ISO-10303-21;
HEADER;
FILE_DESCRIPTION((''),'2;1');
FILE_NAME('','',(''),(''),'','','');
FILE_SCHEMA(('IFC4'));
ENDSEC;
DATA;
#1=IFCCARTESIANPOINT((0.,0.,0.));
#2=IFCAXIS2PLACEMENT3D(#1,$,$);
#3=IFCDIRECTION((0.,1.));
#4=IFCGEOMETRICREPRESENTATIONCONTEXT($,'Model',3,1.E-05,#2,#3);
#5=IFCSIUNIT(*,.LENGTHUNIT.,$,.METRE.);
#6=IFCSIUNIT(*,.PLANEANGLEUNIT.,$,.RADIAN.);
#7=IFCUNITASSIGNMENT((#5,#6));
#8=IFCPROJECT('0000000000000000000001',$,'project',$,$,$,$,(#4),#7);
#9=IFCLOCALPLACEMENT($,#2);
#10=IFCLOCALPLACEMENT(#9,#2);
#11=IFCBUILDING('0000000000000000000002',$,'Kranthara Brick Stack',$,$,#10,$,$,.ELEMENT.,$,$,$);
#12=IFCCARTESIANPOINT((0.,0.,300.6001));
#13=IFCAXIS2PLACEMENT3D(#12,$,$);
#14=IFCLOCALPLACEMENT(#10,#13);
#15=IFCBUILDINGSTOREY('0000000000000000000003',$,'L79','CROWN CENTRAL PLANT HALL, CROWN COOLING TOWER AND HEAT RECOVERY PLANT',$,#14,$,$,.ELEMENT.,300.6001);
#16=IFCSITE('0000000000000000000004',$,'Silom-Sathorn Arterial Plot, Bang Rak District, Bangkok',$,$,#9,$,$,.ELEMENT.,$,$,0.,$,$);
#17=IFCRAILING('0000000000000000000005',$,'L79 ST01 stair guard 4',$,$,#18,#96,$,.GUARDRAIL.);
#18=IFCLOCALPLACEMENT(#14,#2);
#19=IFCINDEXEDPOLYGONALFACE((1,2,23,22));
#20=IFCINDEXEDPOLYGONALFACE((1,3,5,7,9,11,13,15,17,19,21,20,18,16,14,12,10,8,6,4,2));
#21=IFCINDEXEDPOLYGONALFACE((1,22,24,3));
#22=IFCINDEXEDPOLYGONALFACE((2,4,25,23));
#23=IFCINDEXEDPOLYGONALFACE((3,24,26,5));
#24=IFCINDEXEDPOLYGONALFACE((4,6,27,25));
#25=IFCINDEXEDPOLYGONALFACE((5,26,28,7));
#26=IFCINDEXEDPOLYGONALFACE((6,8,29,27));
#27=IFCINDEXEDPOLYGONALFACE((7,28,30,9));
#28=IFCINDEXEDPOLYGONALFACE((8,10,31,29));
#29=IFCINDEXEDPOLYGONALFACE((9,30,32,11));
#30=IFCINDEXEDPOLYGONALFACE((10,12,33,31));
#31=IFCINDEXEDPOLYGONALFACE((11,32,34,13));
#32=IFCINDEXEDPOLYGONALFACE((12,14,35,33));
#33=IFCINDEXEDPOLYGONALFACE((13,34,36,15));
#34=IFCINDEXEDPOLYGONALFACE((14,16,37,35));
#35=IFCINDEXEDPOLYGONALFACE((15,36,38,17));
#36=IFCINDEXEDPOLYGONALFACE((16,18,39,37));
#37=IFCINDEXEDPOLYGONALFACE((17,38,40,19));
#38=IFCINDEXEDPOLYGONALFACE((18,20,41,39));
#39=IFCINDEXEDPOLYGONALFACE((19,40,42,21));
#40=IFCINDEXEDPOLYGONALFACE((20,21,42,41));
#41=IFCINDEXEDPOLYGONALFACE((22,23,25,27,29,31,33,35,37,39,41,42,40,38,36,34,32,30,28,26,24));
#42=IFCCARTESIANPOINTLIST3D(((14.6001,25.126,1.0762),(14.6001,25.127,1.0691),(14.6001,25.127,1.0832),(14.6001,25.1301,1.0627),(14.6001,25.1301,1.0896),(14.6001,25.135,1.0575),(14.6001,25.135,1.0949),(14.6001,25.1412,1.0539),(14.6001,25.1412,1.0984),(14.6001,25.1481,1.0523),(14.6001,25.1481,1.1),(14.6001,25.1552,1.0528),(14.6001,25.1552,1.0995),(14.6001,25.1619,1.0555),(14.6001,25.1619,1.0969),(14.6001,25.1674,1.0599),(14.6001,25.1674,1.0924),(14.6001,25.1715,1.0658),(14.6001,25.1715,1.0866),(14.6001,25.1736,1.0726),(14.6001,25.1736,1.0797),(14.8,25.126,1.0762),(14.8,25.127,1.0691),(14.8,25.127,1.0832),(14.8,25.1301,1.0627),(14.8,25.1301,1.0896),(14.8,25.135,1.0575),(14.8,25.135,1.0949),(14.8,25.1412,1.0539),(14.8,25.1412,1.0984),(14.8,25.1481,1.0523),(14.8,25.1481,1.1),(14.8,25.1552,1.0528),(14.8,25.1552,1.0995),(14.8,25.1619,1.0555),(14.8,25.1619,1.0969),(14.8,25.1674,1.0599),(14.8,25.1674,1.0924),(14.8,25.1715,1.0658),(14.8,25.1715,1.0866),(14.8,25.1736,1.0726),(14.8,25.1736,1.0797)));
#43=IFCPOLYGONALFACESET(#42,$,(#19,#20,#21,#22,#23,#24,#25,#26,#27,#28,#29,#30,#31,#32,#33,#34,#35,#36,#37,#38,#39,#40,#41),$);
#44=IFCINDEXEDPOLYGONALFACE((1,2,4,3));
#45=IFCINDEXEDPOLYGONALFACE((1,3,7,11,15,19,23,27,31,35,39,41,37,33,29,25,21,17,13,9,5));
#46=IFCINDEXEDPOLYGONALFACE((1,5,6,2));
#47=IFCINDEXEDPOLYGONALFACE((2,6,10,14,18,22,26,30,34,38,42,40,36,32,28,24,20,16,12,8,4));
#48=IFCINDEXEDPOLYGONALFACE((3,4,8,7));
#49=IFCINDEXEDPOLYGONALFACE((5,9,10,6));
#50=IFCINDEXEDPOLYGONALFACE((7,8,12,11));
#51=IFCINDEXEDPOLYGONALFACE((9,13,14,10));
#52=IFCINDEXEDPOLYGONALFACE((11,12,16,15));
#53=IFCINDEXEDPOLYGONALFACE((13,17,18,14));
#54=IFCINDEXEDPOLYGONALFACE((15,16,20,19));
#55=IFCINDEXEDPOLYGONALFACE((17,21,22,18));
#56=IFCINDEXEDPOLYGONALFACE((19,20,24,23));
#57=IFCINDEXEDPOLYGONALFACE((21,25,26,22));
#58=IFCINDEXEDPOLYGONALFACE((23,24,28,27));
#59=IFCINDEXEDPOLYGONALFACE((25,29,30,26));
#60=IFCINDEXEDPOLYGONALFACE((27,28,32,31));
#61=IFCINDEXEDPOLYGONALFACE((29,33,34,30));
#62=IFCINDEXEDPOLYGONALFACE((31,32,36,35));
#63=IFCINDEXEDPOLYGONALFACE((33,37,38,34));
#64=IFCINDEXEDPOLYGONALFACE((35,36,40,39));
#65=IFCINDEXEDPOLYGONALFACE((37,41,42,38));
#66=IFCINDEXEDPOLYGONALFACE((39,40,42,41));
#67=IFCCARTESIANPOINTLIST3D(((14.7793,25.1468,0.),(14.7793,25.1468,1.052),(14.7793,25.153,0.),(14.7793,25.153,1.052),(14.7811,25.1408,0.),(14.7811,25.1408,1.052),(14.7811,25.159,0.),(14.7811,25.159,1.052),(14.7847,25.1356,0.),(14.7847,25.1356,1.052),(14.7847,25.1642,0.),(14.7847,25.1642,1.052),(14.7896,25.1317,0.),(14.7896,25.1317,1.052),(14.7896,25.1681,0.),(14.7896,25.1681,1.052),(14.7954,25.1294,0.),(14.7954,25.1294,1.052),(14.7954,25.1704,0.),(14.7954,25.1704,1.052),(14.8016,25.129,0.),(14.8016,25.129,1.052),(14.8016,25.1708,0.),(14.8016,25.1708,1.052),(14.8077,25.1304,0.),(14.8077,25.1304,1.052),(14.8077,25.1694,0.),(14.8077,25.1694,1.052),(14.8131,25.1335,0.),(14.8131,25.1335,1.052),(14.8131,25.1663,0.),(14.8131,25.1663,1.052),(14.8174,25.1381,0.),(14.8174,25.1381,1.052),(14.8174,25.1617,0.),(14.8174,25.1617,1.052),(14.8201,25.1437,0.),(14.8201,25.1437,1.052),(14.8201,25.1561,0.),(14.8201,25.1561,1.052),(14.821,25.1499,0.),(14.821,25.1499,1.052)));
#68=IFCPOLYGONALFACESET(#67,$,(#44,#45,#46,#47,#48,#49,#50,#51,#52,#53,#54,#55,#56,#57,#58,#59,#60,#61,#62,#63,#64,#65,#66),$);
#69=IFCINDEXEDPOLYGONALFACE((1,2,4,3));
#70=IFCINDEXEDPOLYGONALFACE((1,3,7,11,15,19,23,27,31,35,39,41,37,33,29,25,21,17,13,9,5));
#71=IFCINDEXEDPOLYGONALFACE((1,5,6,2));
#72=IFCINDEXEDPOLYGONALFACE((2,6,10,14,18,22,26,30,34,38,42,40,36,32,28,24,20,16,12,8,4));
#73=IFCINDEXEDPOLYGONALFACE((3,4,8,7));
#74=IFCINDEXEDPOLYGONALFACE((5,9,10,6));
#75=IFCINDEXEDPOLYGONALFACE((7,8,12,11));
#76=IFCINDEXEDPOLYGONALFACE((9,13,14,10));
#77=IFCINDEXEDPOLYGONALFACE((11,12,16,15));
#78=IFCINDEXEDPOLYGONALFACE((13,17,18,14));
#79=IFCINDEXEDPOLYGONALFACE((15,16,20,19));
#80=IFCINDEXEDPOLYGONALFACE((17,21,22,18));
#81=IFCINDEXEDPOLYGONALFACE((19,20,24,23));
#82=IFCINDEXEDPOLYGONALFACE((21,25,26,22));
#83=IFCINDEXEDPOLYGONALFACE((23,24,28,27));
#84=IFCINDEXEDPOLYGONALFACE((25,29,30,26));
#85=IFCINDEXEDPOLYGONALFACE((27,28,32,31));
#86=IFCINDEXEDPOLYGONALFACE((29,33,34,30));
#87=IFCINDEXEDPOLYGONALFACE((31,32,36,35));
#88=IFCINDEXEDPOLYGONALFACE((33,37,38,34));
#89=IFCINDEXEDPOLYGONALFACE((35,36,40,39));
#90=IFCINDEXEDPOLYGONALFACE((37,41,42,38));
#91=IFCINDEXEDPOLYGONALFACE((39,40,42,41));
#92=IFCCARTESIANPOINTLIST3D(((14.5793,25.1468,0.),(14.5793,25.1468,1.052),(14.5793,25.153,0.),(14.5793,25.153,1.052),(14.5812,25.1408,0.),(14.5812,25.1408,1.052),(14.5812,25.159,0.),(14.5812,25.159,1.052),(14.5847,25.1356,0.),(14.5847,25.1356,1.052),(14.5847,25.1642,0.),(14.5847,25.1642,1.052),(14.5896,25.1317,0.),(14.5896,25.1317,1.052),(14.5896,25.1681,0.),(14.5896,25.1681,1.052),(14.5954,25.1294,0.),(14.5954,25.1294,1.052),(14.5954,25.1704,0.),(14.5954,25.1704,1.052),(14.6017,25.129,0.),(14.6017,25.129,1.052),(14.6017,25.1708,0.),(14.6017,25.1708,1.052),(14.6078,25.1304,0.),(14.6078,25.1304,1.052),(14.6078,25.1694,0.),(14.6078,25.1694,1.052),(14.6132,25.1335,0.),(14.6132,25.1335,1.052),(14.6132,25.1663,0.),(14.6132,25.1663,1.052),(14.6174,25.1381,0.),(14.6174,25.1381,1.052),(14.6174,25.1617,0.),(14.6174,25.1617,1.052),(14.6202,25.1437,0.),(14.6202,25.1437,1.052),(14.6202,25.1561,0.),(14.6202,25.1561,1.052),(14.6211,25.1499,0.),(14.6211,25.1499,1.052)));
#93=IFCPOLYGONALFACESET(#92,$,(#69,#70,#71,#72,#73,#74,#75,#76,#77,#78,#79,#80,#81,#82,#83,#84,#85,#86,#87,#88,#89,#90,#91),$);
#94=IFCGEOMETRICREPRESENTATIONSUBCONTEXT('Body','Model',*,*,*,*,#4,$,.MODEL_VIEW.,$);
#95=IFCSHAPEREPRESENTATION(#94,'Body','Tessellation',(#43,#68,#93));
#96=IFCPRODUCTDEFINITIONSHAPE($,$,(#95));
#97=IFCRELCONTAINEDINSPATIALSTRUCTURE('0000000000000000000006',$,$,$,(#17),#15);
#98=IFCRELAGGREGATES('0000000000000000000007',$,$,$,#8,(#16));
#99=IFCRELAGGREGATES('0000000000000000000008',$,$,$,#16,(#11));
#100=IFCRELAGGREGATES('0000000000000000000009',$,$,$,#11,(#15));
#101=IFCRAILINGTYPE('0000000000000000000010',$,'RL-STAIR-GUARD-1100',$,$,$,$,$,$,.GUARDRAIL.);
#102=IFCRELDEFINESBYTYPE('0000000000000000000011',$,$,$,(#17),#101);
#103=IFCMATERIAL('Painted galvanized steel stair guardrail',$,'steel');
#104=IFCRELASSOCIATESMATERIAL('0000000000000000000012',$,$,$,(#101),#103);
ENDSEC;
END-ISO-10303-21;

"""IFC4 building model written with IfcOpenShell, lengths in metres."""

from ifc_helpers import new_model, si_unit, direction, frame, origin, origin_2d, place, context, subcontext, project, spatial, circle, extrude, material, type_object, element, save


model = new_model("IFC4")

# Units and contexts
model_context = context("Model", 3, precision=1e-05, world=origin(), true_north=direction((0.0, 1.0)))
body_context = subcontext(model_context, "Body", "Model", "MODEL_VIEW")
ifc_project = project(units=[si_unit("LENGTHUNIT", "METRE"), si_unit("PLANEANGLEUNIT", "RADIAN")], contexts=[model_context])

# Site, building, storey
site_placement = place(None, origin())
site = spatial("IfcSite", under=ifc_project, at=site_placement, Name="Silom-Sathorn Arterial Plot, Bang Rak District, Bangkok", CompositionType="ELEMENT", RefElevation=0.0)
building_placement = place(site_placement, origin())
building = spatial("IfcBuilding", under=site, at=building_placement, Name="Kranthara Brick Stack", CompositionType="ELEMENT")
storey_placement = place(building_placement, frame((0.0, 0.0, 300.6001)))
storey = spatial("IfcBuildingStorey", under=building, at=storey_placement, Name="L79", Description="CROWN CENTRAL PLANT HALL, CROWN COOLING TOWER AND HEAT RECOVERY PLANT", CompositionType="ELEMENT", Elevation=300.6001)

# Railing
ifc_material_1 = material(Name="Painted galvanized steel stair guardrail", Category="steel")
railing_type_1 = type_object("IfcRailingType", Name="RL-STAIR-GUARD-1100", PredefinedType="GUARDRAIL", material=ifc_material_1)
railing_1_placement = place(storey_placement, frame((14.8, 25.1499, 0.0)))
element("IfcRailing", 1, at=railing_1_placement, inside=storey, type_object=railing_type_1, Name="L79 ST01 stair guard 4", PredefinedType="GUARDRAIL", context=body_context, shape_type="SweptSolid", body=[
    extrude(circle(Radius=0.0239, at=origin_2d()), frame((0.0, 0.0, 1.0762), z_axis=(-1.0, 0.0, 0.0), x_axis=(0.0, -1.0, 0.0)), (0.0, 0.0, 1.0), 0.2),
    extrude(circle(Radius=0.021, at=origin_2d()), origin(), (0.0, 0.0, 1.0), 1.052),
    extrude(circle(Radius=0.021, at=origin_2d()), frame((-0.2, 0.0, 0.0)), (0.0, 0.0, 1.0), 1.052),
])

save(model, "model.ifc")
